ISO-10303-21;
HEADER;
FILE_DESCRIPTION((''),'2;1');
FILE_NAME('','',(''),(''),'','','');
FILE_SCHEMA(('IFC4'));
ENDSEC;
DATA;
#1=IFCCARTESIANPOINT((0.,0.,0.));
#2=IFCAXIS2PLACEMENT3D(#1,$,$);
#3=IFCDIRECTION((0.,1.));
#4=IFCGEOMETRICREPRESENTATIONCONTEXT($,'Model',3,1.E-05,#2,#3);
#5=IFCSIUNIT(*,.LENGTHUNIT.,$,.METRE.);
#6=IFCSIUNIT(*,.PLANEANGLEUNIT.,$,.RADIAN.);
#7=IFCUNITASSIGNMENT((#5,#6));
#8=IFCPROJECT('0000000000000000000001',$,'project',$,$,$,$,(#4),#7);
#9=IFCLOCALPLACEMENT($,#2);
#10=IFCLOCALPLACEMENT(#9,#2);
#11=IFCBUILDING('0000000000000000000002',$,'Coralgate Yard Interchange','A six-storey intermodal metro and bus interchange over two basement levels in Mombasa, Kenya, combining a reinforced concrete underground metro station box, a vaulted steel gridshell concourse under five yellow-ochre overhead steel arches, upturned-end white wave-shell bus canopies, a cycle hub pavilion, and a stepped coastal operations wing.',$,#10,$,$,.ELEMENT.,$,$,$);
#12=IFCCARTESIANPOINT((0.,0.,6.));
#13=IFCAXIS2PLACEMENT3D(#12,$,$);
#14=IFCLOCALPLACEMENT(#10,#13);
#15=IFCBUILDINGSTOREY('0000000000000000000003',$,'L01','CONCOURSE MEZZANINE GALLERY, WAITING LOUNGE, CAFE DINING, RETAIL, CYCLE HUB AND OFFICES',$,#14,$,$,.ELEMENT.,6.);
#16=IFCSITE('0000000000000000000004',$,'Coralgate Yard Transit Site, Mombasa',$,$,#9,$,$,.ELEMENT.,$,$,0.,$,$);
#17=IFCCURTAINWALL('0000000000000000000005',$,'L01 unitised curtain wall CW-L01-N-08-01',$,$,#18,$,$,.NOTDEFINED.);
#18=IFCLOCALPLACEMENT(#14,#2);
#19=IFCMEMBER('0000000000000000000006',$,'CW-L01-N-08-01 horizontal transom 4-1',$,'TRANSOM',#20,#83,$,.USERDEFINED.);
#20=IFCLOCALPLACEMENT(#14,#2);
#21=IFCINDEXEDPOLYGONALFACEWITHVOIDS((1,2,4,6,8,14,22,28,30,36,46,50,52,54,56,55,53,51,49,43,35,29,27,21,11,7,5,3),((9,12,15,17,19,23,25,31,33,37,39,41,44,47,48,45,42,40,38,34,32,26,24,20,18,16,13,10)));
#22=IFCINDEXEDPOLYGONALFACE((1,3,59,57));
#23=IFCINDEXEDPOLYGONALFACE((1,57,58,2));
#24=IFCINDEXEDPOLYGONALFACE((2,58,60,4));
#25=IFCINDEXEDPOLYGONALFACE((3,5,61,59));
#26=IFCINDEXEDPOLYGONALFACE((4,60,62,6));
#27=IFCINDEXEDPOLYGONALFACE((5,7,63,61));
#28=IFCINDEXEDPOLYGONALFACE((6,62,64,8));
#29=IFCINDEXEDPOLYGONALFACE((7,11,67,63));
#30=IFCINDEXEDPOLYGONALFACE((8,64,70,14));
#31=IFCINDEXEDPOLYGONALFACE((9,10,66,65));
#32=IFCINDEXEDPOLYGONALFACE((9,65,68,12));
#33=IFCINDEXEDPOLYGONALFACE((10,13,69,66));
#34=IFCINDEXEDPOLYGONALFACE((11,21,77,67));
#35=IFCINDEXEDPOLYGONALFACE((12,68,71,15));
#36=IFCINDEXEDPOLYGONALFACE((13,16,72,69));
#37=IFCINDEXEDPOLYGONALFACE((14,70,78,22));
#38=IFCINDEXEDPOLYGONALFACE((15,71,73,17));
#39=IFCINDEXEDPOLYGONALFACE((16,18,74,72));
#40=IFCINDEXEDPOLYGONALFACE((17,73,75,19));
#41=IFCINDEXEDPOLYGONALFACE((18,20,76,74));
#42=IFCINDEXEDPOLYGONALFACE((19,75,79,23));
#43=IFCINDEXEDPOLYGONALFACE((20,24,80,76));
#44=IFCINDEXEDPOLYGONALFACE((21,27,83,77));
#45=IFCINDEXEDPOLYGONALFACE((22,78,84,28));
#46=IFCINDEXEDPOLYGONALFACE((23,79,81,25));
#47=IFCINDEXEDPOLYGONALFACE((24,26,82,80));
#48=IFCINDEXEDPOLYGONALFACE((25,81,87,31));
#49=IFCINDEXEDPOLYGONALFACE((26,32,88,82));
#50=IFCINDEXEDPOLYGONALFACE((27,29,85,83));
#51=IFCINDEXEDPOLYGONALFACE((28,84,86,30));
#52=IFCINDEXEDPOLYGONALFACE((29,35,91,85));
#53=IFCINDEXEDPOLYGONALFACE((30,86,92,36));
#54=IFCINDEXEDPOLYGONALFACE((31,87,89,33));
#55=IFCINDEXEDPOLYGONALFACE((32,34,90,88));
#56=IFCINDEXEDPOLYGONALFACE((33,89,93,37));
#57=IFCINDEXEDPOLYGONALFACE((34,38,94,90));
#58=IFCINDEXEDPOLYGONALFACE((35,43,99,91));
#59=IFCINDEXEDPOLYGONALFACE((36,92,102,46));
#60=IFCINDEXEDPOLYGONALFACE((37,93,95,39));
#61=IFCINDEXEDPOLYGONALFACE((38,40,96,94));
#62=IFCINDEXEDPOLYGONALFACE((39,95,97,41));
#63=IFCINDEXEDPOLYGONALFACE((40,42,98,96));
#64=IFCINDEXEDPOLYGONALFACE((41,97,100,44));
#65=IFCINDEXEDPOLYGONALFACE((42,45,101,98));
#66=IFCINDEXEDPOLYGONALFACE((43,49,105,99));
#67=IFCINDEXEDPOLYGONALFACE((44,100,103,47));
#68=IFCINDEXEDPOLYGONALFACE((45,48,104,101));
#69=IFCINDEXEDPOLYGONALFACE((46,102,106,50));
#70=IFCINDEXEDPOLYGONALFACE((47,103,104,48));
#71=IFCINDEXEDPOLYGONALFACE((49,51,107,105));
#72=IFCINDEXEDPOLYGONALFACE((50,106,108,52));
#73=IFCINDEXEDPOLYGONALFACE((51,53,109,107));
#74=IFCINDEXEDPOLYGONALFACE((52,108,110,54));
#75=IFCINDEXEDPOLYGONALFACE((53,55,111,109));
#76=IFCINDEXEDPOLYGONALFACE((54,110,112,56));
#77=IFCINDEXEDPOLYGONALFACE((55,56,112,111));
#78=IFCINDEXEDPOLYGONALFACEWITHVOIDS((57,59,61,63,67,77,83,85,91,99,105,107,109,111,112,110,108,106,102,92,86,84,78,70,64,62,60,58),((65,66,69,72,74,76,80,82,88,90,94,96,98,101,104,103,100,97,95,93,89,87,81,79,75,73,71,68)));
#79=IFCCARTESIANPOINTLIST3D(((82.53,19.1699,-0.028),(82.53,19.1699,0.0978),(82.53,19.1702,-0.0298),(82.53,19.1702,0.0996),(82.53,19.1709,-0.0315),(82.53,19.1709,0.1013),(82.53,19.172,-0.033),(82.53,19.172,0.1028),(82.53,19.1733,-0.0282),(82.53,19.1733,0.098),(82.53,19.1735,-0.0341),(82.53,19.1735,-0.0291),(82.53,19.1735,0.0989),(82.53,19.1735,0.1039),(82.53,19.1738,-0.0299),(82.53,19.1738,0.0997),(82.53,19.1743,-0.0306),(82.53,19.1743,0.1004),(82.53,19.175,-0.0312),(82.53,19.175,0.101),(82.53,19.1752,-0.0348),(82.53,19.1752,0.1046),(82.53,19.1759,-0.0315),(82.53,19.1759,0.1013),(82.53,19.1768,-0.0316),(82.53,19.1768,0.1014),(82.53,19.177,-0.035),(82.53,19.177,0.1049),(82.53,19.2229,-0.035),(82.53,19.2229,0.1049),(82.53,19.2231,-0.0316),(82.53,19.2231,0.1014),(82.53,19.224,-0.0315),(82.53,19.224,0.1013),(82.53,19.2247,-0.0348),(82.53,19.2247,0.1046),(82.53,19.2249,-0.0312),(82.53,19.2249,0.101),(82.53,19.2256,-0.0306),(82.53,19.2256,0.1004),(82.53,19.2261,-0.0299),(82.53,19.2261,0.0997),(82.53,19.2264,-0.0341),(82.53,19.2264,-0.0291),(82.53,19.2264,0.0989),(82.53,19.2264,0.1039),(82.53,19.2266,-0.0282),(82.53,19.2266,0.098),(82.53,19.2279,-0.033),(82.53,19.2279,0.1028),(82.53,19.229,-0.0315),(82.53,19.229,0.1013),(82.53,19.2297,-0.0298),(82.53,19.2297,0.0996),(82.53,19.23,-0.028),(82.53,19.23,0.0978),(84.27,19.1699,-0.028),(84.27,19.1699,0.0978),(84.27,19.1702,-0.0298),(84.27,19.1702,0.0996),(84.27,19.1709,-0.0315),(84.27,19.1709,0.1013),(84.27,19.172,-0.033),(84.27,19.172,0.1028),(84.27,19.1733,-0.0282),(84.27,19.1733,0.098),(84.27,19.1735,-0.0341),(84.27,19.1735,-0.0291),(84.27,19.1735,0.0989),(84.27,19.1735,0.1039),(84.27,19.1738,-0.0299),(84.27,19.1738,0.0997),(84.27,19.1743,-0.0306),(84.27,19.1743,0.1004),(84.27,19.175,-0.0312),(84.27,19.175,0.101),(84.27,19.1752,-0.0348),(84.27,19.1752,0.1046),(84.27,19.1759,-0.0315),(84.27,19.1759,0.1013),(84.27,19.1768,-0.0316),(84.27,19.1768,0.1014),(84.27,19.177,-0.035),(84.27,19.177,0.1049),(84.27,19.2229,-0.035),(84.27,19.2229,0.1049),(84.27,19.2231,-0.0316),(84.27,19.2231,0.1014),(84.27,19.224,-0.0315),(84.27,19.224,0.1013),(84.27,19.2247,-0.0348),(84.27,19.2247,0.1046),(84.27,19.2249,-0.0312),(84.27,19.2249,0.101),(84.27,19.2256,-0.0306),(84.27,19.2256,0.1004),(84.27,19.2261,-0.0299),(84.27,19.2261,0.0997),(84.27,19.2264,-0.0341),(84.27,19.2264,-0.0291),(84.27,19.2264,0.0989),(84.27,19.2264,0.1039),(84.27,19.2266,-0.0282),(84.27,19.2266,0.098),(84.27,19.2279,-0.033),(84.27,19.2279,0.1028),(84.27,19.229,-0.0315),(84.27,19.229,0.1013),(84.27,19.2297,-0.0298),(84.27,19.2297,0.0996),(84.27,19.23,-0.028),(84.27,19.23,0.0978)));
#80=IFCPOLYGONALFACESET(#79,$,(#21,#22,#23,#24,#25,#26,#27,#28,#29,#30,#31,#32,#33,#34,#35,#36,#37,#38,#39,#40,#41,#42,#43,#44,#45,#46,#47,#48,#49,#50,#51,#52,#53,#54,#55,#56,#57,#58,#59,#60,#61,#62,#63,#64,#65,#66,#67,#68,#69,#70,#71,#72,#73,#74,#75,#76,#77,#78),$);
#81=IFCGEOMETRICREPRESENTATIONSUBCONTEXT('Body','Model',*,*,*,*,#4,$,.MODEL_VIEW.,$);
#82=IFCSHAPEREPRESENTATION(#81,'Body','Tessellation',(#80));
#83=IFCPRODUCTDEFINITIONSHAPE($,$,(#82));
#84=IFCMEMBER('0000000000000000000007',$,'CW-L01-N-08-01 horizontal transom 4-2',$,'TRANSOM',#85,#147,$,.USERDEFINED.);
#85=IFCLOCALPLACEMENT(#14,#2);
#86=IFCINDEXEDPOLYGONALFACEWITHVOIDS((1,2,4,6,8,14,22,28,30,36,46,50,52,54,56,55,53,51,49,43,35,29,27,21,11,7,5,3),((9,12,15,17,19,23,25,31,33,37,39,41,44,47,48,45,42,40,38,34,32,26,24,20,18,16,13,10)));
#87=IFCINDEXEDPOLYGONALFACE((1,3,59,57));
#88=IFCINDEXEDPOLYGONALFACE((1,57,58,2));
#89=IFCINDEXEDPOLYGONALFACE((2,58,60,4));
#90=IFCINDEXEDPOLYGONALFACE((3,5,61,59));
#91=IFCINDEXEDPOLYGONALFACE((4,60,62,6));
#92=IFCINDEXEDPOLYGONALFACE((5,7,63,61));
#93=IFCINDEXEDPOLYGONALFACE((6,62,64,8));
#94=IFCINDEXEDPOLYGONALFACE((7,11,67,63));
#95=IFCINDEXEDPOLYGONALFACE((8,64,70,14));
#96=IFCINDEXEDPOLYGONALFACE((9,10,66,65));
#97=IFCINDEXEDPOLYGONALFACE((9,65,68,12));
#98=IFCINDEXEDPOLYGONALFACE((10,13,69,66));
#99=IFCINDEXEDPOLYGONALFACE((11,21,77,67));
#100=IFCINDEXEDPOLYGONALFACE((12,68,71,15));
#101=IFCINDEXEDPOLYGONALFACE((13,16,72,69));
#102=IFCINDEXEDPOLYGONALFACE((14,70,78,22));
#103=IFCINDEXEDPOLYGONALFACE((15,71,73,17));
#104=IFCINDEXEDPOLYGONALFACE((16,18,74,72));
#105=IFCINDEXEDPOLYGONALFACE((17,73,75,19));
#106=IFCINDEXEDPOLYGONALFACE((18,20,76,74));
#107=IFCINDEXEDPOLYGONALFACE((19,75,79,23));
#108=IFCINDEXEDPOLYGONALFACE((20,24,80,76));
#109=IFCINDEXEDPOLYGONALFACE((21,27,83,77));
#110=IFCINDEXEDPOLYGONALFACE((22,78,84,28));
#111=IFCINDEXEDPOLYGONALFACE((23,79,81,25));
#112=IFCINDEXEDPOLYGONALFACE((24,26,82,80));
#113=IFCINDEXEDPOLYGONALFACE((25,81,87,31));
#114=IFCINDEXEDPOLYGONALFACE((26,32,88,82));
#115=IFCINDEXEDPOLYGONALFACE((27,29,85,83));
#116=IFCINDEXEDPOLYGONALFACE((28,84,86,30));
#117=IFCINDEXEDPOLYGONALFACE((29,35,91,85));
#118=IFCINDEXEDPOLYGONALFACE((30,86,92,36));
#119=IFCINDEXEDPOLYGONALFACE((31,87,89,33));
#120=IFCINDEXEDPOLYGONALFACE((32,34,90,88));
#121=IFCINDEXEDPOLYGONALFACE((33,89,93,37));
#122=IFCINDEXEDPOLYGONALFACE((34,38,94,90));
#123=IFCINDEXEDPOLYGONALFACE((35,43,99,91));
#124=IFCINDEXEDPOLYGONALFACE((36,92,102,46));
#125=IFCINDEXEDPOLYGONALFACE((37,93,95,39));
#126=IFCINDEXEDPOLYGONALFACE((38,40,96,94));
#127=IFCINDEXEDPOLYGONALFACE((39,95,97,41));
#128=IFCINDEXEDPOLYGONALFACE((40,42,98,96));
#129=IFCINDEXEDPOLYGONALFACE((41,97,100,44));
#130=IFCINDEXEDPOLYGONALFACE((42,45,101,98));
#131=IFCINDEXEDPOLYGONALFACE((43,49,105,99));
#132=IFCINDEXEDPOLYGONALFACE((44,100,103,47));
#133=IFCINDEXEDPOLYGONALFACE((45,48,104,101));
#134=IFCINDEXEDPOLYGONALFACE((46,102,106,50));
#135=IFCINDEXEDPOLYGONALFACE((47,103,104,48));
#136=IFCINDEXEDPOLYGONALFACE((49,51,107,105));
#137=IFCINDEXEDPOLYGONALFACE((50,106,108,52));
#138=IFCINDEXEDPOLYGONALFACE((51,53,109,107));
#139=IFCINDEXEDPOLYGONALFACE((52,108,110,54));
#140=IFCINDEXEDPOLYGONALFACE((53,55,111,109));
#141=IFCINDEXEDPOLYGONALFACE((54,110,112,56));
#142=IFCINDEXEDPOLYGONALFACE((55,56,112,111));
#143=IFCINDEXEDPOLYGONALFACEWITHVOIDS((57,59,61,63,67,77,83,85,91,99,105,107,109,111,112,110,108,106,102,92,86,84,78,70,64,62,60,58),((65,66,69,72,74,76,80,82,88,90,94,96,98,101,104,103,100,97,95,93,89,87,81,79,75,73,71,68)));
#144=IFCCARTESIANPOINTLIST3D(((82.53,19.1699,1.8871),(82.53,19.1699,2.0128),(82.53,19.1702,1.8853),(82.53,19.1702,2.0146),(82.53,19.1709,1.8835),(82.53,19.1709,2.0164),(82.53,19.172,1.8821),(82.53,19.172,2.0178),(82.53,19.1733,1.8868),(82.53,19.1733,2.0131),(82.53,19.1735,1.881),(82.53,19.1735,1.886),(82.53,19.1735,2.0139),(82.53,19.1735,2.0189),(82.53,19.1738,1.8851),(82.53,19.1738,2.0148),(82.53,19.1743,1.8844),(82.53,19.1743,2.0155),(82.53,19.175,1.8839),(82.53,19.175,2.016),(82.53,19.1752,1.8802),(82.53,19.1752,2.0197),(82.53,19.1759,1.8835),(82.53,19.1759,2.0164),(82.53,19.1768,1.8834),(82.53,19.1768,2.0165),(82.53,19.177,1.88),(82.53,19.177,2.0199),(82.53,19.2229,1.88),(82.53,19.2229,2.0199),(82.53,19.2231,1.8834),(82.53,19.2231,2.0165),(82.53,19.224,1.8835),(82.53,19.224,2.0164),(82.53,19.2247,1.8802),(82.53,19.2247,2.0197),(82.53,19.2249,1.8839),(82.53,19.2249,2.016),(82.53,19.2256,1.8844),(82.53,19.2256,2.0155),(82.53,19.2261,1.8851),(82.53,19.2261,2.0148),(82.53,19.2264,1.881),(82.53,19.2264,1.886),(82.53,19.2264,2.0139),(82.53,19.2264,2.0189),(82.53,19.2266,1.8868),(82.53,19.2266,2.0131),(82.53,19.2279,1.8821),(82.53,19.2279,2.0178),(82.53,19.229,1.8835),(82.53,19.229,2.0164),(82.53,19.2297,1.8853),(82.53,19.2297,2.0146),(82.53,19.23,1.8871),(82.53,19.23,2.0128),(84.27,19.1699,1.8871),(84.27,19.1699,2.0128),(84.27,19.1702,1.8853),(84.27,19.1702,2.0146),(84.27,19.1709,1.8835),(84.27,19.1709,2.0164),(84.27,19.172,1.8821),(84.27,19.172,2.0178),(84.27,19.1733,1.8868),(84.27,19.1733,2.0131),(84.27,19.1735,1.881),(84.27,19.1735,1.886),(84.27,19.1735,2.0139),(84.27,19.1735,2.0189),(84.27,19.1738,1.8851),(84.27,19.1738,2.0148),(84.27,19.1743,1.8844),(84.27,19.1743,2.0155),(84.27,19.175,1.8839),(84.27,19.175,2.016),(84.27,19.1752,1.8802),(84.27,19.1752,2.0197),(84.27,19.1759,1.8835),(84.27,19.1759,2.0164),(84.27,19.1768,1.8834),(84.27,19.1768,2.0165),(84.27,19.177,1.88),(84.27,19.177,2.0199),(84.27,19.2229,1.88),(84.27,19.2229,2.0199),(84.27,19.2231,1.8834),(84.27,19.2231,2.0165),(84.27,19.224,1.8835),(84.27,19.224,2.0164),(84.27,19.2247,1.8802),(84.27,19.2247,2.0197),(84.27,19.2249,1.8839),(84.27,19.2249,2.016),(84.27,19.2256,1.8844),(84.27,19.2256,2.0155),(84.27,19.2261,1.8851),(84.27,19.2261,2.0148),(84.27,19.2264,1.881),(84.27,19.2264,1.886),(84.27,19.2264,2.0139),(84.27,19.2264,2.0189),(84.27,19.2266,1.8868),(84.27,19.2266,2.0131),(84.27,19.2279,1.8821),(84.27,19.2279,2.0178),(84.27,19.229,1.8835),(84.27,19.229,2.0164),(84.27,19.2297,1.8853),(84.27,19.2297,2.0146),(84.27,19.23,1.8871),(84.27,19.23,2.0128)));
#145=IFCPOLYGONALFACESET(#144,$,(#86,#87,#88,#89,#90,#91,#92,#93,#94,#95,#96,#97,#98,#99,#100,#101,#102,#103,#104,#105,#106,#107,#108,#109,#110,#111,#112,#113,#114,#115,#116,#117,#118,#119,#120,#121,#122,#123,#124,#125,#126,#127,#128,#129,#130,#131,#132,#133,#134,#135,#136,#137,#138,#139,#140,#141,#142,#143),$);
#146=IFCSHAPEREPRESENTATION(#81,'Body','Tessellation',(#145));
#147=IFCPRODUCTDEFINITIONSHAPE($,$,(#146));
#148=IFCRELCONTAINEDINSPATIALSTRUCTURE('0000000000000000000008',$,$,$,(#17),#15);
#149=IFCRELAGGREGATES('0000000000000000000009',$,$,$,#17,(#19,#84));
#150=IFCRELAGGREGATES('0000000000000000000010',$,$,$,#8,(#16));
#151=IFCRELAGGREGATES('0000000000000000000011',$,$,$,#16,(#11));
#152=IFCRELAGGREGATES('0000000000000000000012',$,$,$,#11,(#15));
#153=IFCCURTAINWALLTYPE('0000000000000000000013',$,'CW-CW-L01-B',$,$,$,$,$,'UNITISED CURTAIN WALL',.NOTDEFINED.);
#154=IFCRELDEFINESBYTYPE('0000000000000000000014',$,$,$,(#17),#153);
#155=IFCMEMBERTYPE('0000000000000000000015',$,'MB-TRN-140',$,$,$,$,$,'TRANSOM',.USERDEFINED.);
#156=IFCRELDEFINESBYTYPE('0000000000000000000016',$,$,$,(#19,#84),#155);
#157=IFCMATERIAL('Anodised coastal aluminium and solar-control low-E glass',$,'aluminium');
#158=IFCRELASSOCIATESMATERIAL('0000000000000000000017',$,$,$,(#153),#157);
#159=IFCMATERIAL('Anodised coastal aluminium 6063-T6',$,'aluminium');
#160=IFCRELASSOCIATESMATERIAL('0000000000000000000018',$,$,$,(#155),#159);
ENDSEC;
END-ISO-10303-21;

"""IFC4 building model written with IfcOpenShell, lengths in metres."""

from ifc_helpers import new_model, si_unit, direction, frame, origin, origin_2d, place, context, subcontext, project, spatial, hollow_rectangle, extrude, material, material_profile, profile_set, type_object, element, aggregate, save


model = new_model("IFC4")

# Units and contexts
model_context = context("Model", 3, precision=1e-05, world=origin(), true_north=direction((0.0, 1.0)))
body_context = subcontext(model_context, "Body", "Model", "MODEL_VIEW")
ifc_project = project(units=[si_unit("LENGTHUNIT", "METRE"), si_unit("PLANEANGLEUNIT", "RADIAN")], contexts=[model_context])

# Site, building, storey
site_placement = place(None, origin())
site = spatial("IfcSite", under=ifc_project, at=site_placement, Name="Coralgate Yard Transit Site, Mombasa", CompositionType="ELEMENT", RefElevation=0.0)
building_placement = place(site_placement, origin())
building = spatial("IfcBuilding", under=site, at=building_placement, Name="Coralgate Yard Interchange", Description="A six-storey intermodal metro and bus interchange over two basement levels in Mombasa, Kenya, combining a reinforced concrete underground metro station box, a vaulted steel gridshell concourse under five yellow-ochre overhead steel arches, upturned-end white wave-shell bus canopies, a cycle hub pavilion, and a stepped coastal operations wing.", CompositionType="ELEMENT")
storey_placement = place(building_placement, frame((0.0, 0.0, 6.0)))
storey = spatial("IfcBuildingStorey", under=building, at=storey_placement, Name="L01", Description="CONCOURSE MEZZANINE GALLERY, WAITING LOUNGE, CAFE DINING, RETAIL, CYCLE HUB AND OFFICES", CompositionType="ELEMENT", Elevation=6.0)

# Shared definitions
ifc_material_1 = material(Name="Anodised coastal aluminium and solar-control low-E glass", Category="aluminium")
ifc_material_2 = material(Name="Anodised coastal aluminium 6063-T6", Category="aluminium")

# Curtain wall
curtain_wall_type_1 = type_object("IfcCurtainWallType", Name="CW-CW-L01-B", ElementType="UNITISED CURTAIN WALL", PredefinedType="NOTDEFINED", material=ifc_material_1)
curtain_wall_1_placement = place(storey_placement, origin())
curtain_wall_1 = element("IfcCurtainWall", 1, at=curtain_wall_1_placement, inside=storey, type_object=curtain_wall_type_1, Name="L01 unitised curtain wall CW-L01-N-08-01", PredefinedType="NOTDEFINED")

# Members
ifc_material_profile_1 = material_profile(ifc_material_2, hollow_rectangle(XDim=0.0601, YDim=0.1399, WallThickness=0.0034, InnerFilletRadius=0.0034, OuterFilletRadius=0.0071, at=origin_2d()), Name="ALU 60x140x3.5")
ifc_profile_set_1 = profile_set([ifc_material_profile_1], Name="Anodised coastal aluminium 6063-T6")
member_type_1 = type_object("IfcMemberType", Name="MB-TRN-140", ElementType="TRANSOM", PredefinedType="USERDEFINED", material=ifc_profile_set_1)
member_1_placement = place(storey_placement, frame((82.53, 19.2, 0.0349), z_axis=(1.0, 0.0, 0.0), x_axis=(0.0, 1.0, 0.0)))
member_1 = element("IfcMember", 2, at=member_1_placement, type_object=member_type_1, Name="CW-L01-N-08-01 horizontal transom 4-1", ObjectType="TRANSOM", PredefinedType="USERDEFINED", context=body_context, shape_type="SweptSolid", body=[
    extrude(hollow_rectangle(XDim=0.0601, YDim=0.1399, WallThickness=0.0034, InnerFilletRadius=0.0034, OuterFilletRadius=0.0071, at=origin_2d()), origin(), (0.0, 0.0, 1.0), 1.74),
])
member_2_placement = place(storey_placement, frame((82.53, 19.2, 1.95), z_axis=(1.0, 0.0, 0.0), x_axis=(0.0, 1.0, 0.0)))
member_2 = element("IfcMember", 3, at=member_2_placement, type_object=member_type_1, Name="CW-L01-N-08-01 horizontal transom 4-2", ObjectType="TRANSOM", PredefinedType="USERDEFINED", context=body_context, shape_type="SweptSolid", body=[
    extrude(hollow_rectangle(XDim=0.0601, YDim=0.1399, WallThickness=0.0034, InnerFilletRadius=0.0034, OuterFilletRadius=0.0071, at=origin_2d()), origin(), (0.0, 0.0, 1.0), 1.74),
])

aggregate(curtain_wall_1, [member_1, member_2])

save(model, "model.ifc")
